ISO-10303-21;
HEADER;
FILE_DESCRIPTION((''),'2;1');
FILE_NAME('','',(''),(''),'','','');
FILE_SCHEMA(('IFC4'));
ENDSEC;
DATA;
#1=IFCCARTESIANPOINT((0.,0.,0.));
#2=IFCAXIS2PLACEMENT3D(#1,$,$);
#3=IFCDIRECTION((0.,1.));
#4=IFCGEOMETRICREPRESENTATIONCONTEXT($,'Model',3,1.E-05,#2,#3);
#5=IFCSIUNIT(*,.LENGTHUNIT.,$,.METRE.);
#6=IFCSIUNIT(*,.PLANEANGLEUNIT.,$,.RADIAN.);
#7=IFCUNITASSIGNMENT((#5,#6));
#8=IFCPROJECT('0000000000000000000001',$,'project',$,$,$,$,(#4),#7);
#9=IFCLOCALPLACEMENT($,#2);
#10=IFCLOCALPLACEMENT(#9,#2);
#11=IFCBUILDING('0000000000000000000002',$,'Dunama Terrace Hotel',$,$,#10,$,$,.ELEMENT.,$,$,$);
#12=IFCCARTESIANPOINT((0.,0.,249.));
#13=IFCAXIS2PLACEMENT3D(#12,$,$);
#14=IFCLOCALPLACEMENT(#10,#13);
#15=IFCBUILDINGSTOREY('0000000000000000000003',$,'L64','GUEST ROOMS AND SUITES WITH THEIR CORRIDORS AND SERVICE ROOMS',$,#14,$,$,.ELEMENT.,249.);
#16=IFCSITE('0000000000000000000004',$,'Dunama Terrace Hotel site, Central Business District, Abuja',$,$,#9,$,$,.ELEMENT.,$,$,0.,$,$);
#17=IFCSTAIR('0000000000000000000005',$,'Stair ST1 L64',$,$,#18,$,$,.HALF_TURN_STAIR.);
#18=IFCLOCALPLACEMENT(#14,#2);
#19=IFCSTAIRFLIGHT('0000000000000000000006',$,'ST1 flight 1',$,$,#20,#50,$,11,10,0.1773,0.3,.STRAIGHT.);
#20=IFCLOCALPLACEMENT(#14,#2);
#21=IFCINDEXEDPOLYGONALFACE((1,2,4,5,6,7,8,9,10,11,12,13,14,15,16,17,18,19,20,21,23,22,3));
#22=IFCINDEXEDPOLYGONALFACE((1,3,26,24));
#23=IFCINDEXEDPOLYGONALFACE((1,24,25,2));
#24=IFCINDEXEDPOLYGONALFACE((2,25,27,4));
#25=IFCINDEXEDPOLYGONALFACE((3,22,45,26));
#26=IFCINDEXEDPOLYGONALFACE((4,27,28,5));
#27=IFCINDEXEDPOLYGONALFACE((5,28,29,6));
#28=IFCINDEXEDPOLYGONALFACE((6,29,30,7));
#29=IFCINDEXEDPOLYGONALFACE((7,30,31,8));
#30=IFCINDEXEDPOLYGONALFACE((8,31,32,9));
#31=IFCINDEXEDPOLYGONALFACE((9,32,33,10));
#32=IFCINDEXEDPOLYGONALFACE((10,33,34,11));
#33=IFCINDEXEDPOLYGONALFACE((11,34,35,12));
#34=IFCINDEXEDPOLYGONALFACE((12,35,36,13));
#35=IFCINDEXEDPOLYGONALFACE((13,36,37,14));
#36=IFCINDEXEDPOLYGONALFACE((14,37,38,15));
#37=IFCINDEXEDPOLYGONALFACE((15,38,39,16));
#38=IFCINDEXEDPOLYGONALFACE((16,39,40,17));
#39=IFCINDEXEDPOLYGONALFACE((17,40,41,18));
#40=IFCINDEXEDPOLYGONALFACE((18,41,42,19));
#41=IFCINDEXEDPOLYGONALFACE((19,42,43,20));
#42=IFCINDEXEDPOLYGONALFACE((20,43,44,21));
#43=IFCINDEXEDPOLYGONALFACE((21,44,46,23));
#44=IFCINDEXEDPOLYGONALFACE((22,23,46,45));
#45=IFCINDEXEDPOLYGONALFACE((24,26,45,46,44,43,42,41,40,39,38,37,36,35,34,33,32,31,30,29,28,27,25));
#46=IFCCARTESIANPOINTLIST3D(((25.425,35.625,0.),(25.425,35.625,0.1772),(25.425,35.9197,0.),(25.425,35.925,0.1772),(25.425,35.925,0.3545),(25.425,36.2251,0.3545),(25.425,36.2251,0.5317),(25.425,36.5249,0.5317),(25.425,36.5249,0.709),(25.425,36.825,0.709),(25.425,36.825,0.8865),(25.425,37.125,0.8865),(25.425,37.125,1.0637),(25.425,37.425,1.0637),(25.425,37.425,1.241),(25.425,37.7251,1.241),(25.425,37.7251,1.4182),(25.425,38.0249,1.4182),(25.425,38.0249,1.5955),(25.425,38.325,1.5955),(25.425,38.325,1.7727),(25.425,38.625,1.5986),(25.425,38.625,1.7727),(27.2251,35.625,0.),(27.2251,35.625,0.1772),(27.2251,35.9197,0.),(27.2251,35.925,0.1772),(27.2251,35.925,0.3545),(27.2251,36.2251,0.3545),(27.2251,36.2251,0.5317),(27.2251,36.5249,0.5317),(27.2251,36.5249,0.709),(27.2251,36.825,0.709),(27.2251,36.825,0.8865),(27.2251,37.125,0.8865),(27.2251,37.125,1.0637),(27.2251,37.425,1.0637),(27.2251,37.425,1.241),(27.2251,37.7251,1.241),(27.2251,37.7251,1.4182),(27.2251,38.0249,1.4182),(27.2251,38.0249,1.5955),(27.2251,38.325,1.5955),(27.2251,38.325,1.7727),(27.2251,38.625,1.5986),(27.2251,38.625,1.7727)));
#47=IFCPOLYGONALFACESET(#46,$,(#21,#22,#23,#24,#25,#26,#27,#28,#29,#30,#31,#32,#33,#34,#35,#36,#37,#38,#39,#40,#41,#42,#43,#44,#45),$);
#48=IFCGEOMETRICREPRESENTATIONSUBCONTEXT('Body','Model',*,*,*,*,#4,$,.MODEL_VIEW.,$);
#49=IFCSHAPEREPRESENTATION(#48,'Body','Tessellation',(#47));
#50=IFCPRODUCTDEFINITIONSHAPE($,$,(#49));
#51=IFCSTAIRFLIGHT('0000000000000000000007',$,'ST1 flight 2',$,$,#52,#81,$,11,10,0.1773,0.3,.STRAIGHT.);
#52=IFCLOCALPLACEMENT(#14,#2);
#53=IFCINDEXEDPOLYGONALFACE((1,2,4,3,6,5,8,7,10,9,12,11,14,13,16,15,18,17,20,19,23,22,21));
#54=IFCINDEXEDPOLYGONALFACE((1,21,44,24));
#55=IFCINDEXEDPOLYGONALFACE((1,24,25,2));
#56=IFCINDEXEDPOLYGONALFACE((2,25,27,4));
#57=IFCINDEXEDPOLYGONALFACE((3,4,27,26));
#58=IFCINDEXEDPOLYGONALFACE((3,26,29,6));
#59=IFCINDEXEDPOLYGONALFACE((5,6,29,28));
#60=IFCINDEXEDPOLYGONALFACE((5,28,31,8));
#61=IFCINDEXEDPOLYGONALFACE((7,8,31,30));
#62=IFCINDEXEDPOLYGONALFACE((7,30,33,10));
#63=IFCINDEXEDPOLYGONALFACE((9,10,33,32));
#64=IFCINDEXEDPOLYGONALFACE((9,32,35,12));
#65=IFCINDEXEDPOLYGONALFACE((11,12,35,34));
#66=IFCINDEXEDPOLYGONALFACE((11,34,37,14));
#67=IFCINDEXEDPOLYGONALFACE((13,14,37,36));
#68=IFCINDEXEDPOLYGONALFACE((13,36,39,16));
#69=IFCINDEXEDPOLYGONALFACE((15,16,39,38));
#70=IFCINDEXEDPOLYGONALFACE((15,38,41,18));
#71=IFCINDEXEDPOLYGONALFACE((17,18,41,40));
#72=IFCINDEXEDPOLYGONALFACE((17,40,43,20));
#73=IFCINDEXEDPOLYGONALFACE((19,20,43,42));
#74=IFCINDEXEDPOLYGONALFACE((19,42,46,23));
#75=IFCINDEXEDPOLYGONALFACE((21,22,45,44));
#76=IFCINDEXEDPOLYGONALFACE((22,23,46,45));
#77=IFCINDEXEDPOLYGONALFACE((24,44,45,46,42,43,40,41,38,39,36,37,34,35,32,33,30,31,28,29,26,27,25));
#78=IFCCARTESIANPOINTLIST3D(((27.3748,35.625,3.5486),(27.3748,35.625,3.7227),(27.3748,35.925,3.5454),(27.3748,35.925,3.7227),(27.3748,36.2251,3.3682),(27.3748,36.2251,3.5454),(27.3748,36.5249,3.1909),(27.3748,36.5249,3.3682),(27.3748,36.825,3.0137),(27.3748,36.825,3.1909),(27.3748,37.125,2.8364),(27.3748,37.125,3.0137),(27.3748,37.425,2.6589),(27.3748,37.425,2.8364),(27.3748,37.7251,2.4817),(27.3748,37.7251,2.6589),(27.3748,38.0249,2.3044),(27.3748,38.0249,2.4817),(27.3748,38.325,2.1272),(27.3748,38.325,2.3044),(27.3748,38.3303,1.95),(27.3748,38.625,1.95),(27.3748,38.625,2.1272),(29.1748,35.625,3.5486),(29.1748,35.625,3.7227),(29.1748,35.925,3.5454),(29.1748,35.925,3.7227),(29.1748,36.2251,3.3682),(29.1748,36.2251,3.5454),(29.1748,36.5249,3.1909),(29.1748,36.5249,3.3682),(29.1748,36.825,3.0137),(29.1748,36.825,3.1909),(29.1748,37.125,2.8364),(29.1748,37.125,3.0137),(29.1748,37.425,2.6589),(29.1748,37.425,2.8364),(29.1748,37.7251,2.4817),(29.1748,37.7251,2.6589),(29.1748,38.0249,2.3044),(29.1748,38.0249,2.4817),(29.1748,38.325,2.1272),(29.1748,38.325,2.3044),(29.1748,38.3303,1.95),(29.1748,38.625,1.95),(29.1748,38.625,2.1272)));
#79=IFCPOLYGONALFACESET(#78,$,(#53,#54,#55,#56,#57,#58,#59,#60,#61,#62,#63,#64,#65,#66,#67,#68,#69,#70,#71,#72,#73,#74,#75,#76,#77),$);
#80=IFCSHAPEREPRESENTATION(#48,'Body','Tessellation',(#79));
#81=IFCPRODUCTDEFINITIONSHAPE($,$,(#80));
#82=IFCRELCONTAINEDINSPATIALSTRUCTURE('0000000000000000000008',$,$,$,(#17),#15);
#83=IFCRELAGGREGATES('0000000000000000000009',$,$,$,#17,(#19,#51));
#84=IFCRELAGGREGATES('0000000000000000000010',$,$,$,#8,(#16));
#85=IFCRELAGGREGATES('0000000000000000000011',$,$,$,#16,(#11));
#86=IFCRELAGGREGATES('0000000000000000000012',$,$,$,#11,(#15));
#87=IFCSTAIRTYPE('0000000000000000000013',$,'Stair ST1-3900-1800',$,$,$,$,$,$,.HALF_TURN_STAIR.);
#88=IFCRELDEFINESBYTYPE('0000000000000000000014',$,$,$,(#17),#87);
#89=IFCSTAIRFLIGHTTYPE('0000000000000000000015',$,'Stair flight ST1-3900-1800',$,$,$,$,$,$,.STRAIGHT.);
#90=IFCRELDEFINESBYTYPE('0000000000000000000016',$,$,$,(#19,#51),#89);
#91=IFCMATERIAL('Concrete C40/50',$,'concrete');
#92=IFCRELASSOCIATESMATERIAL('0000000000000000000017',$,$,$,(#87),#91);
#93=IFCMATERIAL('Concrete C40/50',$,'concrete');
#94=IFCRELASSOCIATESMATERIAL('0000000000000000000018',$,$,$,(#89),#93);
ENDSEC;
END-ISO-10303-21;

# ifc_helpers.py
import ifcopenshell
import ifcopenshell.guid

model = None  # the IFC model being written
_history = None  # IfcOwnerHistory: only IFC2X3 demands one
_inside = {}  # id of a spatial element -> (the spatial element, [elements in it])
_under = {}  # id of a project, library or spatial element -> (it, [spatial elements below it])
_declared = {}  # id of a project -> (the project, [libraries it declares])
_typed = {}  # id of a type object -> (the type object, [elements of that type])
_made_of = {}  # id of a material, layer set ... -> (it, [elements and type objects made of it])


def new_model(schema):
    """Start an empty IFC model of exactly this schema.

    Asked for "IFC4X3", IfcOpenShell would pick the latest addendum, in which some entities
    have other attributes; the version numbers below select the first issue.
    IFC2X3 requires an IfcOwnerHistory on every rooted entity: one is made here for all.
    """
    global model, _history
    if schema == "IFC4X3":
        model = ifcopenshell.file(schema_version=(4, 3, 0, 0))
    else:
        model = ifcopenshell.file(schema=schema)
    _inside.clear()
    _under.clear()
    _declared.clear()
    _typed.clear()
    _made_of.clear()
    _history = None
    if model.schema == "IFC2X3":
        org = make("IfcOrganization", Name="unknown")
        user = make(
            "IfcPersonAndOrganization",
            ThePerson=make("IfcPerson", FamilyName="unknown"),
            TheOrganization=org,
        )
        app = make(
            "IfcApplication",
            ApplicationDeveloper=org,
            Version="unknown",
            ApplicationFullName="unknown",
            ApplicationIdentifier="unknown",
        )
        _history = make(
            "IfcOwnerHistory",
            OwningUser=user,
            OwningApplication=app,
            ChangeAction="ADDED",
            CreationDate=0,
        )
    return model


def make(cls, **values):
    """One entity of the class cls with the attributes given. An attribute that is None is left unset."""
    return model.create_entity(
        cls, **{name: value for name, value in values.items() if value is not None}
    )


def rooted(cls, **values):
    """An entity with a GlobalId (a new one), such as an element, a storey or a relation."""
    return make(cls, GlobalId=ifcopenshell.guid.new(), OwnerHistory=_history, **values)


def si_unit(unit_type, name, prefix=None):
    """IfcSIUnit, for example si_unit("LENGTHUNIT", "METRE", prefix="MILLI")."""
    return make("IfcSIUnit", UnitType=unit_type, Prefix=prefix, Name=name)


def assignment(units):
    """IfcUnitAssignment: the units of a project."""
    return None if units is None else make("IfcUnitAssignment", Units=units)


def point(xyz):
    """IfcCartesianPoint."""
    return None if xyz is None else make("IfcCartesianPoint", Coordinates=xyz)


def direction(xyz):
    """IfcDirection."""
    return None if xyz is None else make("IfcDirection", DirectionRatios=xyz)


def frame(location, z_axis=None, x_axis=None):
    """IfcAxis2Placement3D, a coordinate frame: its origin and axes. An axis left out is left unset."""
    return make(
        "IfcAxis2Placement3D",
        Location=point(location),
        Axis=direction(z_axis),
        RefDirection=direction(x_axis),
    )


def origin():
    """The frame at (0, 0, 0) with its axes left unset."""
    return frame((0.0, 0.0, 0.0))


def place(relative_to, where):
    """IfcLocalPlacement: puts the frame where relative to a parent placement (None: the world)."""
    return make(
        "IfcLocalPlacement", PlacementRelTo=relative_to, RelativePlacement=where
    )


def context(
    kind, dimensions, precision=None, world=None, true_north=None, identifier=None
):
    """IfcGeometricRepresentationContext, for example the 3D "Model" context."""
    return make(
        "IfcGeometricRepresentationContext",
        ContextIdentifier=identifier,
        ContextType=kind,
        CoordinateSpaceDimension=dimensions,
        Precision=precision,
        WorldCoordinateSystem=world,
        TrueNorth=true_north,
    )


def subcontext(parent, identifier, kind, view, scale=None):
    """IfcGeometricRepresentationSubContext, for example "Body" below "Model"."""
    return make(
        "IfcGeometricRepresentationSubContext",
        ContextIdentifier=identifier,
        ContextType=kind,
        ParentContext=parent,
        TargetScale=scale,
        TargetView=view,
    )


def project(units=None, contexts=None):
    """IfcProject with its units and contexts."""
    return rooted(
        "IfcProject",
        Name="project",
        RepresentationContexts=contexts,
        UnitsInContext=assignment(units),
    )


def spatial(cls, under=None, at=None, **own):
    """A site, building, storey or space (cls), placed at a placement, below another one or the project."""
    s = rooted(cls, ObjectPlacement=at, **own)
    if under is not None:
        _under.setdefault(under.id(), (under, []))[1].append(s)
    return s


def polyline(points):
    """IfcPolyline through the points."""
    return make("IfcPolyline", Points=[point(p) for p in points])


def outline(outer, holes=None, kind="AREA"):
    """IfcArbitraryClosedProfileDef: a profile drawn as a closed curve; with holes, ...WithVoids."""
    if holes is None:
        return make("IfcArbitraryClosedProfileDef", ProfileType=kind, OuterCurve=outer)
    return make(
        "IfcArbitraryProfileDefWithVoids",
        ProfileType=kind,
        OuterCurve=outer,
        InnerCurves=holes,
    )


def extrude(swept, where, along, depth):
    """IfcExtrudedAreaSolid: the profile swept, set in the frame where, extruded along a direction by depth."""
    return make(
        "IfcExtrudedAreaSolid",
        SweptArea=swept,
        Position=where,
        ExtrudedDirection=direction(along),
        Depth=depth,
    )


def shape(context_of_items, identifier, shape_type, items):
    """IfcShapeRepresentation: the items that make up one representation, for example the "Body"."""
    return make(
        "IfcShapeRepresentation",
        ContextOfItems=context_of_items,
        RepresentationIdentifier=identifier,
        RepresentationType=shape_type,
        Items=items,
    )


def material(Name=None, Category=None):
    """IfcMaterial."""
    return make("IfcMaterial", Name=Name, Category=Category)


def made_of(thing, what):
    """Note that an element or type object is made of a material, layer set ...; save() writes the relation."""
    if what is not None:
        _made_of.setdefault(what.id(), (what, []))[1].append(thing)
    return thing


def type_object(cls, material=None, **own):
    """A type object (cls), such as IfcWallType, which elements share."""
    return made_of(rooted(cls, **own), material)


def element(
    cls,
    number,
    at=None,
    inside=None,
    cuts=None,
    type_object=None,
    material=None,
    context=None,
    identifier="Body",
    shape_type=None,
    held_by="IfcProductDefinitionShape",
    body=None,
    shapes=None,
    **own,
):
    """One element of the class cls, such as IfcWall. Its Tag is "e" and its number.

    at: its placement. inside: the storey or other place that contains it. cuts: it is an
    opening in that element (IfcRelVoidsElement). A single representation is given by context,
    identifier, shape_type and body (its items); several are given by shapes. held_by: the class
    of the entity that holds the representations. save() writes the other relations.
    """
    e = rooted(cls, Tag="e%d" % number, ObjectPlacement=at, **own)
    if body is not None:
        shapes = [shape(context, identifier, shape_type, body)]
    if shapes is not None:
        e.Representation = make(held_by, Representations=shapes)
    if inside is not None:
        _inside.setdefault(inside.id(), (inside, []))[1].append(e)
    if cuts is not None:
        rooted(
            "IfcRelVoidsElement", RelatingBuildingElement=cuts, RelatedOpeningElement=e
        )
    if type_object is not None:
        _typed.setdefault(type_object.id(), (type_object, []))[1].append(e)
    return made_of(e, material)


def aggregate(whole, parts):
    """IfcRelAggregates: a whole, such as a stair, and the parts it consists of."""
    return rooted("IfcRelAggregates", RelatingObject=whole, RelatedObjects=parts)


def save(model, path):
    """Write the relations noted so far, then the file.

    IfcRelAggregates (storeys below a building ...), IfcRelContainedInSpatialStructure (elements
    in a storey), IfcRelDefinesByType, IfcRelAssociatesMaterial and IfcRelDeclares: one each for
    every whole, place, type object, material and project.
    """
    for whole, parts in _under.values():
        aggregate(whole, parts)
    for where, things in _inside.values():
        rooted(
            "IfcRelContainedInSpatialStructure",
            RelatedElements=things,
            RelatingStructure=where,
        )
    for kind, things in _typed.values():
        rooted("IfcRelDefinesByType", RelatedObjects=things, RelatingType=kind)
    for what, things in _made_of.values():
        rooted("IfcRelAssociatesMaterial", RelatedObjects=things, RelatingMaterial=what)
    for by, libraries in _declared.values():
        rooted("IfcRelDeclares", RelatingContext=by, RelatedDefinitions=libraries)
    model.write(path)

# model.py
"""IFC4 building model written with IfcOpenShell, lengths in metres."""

from ifc_helpers import new_model, si_unit, direction, frame, origin, place, context, subcontext, project, spatial, polyline, outline, extrude, material, type_object, element, aggregate, save


model = new_model("IFC4")

# Units and contexts
model_context = context("Model", 3, precision=1e-05, world=origin(), true_north=direction((0.0, 1.0)))
body_context = subcontext(model_context, "Body", "Model", "MODEL_VIEW")
ifc_project = project(units=[si_unit("LENGTHUNIT", "METRE"), si_unit("PLANEANGLEUNIT", "RADIAN")], contexts=[model_context])

# Site, building, storey
site_placement = place(None, origin())
site = spatial("IfcSite", under=ifc_project, at=site_placement, Name="Dunama Terrace Hotel site, Central Business District, Abuja", CompositionType="ELEMENT", RefElevation=0.0)
building_placement = place(site_placement, origin())
building = spatial("IfcBuilding", under=site, at=building_placement, Name="Dunama Terrace Hotel", CompositionType="ELEMENT")
storey_placement = place(building_placement, frame((0.0, 0.0, 249.0)))
storey = spatial("IfcBuildingStorey", under=building, at=storey_placement, Name="L64", Description="GUEST ROOMS AND SUITES WITH THEIR CORRIDORS AND SERVICE ROOMS", CompositionType="ELEMENT", Elevation=249.0)

# Stair, stair flights
ifc_material_1 = material(Name="Concrete C40/50", Category="concrete")
stair_type = type_object("IfcStairType", Name="Stair ST1-3900-1800", PredefinedType="HALF_TURN_STAIR", material=ifc_material_1)
stair_placement = place(storey_placement, origin())
stair = element("IfcStair", 1, at=stair_placement, inside=storey, type_object=stair_type, Name="Stair ST1 L64", PredefinedType="HALF_TURN_STAIR")
ifc_material_2 = material(Name="Concrete C40/50", Category="concrete")
stair_flight_type = type_object("IfcStairFlightType", Name="Stair flight ST1-3900-1800", PredefinedType="STRAIGHT", material=ifc_material_2)
stair_flight_1_placement = place(storey_placement, frame((26.325, 35.625, 0.0), z_axis=(0.0, 0.0, 1.0), x_axis=(0.0, 1.0, 0.0)))
stair_flight_1 = element("IfcStairFlight", 2, at=stair_flight_1_placement, type_object=stair_flight_type, Name="ST1 flight 1", NumberOfRisers=11, NumberOfTreads=10, PredefinedType="STRAIGHT", RiserHeight=0.1773, TreadLength=0.3, context=body_context, shape_type="SweptSolid", body=[
    extrude(outline(polyline([(0.0, 0.0), (0.0, 0.1772), (0.3, 0.1772), (0.3, 0.3545), (0.6001, 0.3545), (0.6001, 0.5317), (0.8999, 0.5317), (0.8999, 0.709), (1.2, 0.709), (1.2, 0.8865), (1.5, 0.8865), (1.5, 1.0637), (1.8, 1.0637), (1.8, 1.241), (2.1001, 1.241), (2.1001, 1.4182), (2.3999, 1.4182), (2.3999, 1.5955), (2.7, 1.5955), (2.7, 1.7727), (3.0, 1.7727), (3.0, 1.95), (3.0, 1.5986), (0.2947, 0.0), (0.0, 0.0)])), frame((0.0, 0.8999, 0.0), z_axis=(0.0, -1.0, 0.0), x_axis=(1.0, 0.0, 0.0)), (0.0, 0.0, 1.0), 1.8),
])
stair_flight_2_placement = place(storey_placement, frame((28.2749, 38.625, 1.95), z_axis=(0.0, 0.0, 1.0), x_axis=(0.0, -1.0, 0.0)))
stair_flight_2 = element("IfcStairFlight", 3, at=stair_flight_2_placement, type_object=stair_flight_type, Name="ST1 flight 2", NumberOfRisers=11, NumberOfTreads=10, PredefinedType="STRAIGHT", RiserHeight=0.1773, TreadLength=0.3, context=body_context, shape_type="SweptSolid", body=[
    extrude(outline(polyline([(0.0, 0.0), (0.0, 0.1772), (0.3, 0.1772), (0.3, 0.3545), (0.6001, 0.3545), (0.6001, 0.5317), (0.8999, 0.5317), (0.8999, 0.709), (1.2, 0.709), (1.2, 0.8865), (1.5, 0.8865), (1.5, 1.0637), (1.8, 1.0637), (1.8, 1.241), (2.1001, 1.241), (2.1001, 1.4182), (2.3999, 1.4182), (2.3999, 1.5955), (2.7, 1.5955), (2.7, 1.7727), (3.0, 1.7727), (3.0, 1.95), (3.0, 1.5986), (0.2947, 0.0), (0.0, 0.0)])), frame((0.0, 0.8999, 0.0), z_axis=(0.0, -1.0, 0.0), x_axis=(1.0, 0.0, 0.0)), (0.0, 0.0, 1.0), 1.8),
])
aggregate(stair, [stair_flight_1, stair_flight_2])

save(model, "model.ifc")
